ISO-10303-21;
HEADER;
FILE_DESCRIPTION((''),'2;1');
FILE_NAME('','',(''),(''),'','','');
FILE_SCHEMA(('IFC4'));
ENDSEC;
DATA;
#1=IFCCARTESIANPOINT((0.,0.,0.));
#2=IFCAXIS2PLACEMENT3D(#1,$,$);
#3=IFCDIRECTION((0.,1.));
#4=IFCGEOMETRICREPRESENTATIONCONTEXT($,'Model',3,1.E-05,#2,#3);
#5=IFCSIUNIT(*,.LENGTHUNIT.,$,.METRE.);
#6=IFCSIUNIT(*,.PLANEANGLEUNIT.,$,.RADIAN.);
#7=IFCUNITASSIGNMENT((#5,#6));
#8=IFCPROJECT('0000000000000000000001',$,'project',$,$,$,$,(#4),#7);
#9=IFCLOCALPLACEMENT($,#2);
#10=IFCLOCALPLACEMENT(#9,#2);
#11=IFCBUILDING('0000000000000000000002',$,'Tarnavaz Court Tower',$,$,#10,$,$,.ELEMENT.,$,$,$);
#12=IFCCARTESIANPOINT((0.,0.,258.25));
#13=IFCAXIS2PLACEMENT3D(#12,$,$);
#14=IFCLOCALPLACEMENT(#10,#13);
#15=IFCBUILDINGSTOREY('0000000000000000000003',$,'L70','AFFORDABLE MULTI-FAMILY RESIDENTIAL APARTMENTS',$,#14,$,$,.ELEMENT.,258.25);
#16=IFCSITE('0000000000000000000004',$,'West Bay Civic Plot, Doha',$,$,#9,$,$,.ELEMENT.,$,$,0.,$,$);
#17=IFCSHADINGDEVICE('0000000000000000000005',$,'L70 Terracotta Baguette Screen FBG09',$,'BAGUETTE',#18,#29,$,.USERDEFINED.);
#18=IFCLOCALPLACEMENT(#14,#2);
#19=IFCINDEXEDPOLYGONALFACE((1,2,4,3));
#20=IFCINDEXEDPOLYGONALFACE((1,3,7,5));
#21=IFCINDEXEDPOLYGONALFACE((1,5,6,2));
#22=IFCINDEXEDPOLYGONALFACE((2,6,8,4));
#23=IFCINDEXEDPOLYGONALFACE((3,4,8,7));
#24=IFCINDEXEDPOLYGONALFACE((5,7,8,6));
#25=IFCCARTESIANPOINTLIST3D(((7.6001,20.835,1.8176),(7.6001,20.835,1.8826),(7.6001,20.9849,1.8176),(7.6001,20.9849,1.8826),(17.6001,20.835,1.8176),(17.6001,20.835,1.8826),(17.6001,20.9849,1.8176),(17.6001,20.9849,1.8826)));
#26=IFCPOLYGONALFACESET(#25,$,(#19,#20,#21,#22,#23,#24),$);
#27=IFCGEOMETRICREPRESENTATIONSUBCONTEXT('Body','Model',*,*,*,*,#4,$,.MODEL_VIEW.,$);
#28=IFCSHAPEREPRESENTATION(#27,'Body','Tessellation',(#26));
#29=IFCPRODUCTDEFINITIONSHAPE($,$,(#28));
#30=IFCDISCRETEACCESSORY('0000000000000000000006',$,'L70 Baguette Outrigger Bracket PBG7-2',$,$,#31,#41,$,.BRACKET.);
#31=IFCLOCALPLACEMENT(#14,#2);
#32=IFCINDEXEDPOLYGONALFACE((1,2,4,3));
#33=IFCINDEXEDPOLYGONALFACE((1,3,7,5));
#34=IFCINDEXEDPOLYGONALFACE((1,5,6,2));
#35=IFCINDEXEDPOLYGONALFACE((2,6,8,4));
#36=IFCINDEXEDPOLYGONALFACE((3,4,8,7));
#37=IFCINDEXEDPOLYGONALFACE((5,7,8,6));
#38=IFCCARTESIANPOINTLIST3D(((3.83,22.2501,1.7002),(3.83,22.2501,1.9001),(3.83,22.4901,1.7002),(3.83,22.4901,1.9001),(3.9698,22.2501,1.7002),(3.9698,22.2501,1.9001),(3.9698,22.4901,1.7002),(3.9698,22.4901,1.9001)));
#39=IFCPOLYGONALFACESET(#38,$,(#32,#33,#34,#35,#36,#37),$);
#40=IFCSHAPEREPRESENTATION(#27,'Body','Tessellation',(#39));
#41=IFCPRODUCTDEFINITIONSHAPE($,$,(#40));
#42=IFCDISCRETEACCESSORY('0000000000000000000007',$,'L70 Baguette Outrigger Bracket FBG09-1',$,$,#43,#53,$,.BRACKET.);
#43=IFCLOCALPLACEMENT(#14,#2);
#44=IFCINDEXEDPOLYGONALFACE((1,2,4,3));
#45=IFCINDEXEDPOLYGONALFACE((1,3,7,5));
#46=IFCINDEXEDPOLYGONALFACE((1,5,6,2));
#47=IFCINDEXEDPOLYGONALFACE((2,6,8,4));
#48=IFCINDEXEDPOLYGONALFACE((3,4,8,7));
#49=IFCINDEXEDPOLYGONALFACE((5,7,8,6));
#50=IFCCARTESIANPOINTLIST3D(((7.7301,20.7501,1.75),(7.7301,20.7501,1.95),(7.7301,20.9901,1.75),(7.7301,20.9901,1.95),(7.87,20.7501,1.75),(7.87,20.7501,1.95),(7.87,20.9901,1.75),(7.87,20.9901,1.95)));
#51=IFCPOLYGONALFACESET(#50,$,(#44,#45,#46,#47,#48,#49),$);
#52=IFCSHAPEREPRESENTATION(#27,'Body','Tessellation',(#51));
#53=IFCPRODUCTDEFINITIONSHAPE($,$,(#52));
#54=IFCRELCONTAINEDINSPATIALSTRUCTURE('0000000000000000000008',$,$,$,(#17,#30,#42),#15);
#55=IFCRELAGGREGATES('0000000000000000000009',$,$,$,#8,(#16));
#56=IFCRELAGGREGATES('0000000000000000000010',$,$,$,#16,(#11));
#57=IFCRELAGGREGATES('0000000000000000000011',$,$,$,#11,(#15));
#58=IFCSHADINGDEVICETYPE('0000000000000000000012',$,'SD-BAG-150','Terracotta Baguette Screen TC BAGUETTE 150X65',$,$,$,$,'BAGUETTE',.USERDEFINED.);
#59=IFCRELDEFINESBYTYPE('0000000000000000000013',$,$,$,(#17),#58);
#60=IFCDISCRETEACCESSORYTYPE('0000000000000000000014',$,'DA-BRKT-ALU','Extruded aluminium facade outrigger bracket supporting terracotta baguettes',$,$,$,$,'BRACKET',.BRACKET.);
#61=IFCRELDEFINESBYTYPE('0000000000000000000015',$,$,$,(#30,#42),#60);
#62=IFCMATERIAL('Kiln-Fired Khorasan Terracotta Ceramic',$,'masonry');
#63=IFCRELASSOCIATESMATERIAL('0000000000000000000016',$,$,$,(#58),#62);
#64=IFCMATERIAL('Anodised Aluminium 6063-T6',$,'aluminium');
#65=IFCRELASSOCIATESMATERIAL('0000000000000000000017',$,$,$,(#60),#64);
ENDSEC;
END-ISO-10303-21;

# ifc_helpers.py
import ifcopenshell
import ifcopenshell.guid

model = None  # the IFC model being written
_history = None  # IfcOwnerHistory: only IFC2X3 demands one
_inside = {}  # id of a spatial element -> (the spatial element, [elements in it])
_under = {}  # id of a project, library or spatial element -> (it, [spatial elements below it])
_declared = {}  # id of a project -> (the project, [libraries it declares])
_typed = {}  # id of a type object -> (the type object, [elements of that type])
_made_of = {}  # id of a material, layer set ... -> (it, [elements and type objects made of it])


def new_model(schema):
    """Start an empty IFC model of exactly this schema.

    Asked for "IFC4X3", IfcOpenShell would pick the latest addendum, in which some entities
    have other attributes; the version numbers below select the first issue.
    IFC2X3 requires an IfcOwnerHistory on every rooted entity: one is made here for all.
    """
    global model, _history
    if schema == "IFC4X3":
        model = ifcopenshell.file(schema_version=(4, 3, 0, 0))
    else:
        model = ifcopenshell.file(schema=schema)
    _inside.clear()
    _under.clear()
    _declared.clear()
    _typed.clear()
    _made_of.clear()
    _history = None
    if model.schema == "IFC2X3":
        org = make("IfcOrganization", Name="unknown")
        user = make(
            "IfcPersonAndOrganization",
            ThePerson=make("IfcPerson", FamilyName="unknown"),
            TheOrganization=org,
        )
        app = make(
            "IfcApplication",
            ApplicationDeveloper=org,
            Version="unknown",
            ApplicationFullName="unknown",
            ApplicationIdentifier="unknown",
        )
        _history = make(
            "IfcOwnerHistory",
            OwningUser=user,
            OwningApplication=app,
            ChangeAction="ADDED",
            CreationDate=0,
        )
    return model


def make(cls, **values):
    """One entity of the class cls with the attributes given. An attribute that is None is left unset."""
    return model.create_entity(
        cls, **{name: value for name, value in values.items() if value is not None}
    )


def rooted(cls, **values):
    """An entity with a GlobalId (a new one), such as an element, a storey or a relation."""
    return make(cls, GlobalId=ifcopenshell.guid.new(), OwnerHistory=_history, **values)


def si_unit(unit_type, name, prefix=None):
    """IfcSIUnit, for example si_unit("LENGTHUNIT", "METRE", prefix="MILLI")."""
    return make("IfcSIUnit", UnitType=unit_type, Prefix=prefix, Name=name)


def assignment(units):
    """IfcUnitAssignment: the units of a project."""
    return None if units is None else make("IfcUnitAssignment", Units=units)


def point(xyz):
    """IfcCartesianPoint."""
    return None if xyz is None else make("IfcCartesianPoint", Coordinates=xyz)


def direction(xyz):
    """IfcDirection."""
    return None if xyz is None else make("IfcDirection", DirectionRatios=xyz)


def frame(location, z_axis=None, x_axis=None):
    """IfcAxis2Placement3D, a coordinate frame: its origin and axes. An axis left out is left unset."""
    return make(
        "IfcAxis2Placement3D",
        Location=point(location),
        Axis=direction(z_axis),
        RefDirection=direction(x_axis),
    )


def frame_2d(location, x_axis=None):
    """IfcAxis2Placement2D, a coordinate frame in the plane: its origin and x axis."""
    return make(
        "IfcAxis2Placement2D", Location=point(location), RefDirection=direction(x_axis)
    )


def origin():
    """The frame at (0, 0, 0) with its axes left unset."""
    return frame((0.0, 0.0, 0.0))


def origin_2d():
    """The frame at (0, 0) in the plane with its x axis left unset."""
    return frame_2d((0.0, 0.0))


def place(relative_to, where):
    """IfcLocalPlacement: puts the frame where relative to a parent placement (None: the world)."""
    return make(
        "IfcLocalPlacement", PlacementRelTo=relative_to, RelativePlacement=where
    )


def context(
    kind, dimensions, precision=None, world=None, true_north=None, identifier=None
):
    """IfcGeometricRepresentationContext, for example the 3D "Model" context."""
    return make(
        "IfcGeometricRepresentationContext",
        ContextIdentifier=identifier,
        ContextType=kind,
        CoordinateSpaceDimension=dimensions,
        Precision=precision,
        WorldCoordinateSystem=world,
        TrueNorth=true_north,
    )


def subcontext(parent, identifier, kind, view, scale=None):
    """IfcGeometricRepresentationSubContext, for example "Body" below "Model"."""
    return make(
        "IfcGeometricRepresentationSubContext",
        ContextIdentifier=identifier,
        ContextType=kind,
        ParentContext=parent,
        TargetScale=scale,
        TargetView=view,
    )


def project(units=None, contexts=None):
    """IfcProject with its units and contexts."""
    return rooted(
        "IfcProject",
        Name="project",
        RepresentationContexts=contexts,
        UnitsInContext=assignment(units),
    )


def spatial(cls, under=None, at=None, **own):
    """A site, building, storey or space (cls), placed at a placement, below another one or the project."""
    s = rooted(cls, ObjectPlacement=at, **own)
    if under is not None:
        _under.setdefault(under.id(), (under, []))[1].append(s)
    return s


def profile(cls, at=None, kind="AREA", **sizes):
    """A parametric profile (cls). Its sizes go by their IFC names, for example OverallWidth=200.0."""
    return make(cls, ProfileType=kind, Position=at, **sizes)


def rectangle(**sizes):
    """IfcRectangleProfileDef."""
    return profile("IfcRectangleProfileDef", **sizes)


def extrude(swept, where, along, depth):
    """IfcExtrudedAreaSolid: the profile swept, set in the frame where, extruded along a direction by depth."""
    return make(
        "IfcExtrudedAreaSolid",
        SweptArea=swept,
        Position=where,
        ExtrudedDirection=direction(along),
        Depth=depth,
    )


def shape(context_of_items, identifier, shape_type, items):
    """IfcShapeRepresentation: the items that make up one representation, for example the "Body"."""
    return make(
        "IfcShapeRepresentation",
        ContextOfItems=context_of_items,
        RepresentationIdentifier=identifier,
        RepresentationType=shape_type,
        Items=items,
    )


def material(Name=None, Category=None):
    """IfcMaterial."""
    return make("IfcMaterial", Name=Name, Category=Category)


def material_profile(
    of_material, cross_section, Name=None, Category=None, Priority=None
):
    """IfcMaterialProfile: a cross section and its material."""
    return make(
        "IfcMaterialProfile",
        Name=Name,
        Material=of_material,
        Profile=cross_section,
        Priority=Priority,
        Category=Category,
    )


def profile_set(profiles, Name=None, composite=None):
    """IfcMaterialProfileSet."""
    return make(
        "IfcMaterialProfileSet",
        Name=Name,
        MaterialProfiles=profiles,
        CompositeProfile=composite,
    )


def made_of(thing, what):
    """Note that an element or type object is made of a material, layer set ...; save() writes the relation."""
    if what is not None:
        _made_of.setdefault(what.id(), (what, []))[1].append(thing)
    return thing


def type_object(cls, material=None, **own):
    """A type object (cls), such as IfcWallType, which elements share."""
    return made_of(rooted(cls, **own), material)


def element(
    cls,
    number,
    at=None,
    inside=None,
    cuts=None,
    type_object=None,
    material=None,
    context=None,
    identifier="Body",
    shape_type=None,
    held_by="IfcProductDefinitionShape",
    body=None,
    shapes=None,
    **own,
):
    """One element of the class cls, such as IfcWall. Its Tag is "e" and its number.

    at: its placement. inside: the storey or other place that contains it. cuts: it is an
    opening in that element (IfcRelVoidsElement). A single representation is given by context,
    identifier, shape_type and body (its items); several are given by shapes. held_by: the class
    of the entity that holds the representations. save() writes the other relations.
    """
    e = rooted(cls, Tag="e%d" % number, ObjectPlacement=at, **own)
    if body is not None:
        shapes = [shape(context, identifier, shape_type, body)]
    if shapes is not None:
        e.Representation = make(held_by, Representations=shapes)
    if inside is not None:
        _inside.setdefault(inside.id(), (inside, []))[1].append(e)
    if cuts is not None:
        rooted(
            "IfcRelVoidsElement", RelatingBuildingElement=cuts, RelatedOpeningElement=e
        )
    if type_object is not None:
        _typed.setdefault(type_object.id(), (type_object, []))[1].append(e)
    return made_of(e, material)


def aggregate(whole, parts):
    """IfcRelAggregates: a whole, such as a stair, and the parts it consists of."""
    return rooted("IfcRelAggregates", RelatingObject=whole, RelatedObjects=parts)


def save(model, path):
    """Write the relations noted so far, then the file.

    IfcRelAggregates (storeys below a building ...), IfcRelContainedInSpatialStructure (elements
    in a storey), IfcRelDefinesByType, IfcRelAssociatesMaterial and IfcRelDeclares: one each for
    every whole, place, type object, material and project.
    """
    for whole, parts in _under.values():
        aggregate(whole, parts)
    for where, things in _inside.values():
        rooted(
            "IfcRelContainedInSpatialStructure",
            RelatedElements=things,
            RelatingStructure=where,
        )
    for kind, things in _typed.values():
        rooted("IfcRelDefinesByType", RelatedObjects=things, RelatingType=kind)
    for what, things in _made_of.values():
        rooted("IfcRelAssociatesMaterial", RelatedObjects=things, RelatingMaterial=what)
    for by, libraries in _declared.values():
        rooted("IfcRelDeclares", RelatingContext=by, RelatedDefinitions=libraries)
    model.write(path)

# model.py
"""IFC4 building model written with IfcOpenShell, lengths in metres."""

from ifc_helpers import new_model, si_unit, direction, frame, origin, origin_2d, place, context, subcontext, project, spatial, rectangle, extrude, material, material_profile, profile_set, type_object, element, save


model = new_model("IFC4")

# Units and contexts
model_context = context("Model", 3, precision=1e-05, world=origin(), true_north=direction((0.0, 1.0)))
body_context = subcontext(model_context, "Body", "Model", "MODEL_VIEW")
ifc_project = project(units=[si_unit("LENGTHUNIT", "METRE"), si_unit("PLANEANGLEUNIT", "RADIAN")], contexts=[model_context])

# Site, building, storey
site_placement = place(None, origin())
site = spatial("IfcSite", under=ifc_project, at=site_placement, Name="West Bay Civic Plot, Doha", CompositionType="ELEMENT", RefElevation=0.0)
building_placement = place(site_placement, origin())
building = spatial("IfcBuilding", under=site, at=building_placement, Name="Tarnavaz Court Tower", CompositionType="ELEMENT")
storey_placement = place(building_placement, frame((0.0, 0.0, 258.25)))
storey = spatial("IfcBuildingStorey", under=building, at=storey_placement, Name="L70", Description="AFFORDABLE MULTI-FAMILY RESIDENTIAL APARTMENTS", CompositionType="ELEMENT", Elevation=258.25)

# Shared definitions
ifc_material_1 = material(Name="Anodised Aluminium 6063-T6", Category="aluminium")

# Shading device
ifc_material_2 = material(Name="Kiln-Fired Khorasan Terracotta Ceramic", Category="masonry")
ifc_material_profile_1 = material_profile(ifc_material_2, rectangle(XDim=0.1499, YDim=0.0649, at=origin_2d()), Name="TC BAGUETTE 150X65")
ifc_profile_set_1 = profile_set([ifc_material_profile_1], Name="Kiln-Fired Khorasan Terracotta Ceramic")
shading_device_type = type_object("IfcShadingDeviceType", Name="SD-BAG-150", Description="Terracotta Baguette Screen TC BAGUETTE 150X65", ElementType="BAGUETTE", PredefinedType="USERDEFINED", material=ifc_profile_set_1)
shading_device_placement = place(storey_placement, frame((7.6001, 20.9099, 1.8501), z_axis=(1.0, 0.0, 0.0), x_axis=(0.0, 1.0, 0.0)))
element("IfcShadingDevice", 1, at=shading_device_placement, inside=storey, type_object=shading_device_type, Name="L70 Terracotta Baguette Screen FBG09", ObjectType="BAGUETTE", PredefinedType="USERDEFINED", context=body_context, shape_type="SweptSolid", body=[
    extrude(rectangle(XDim=0.1499, YDim=0.0649, at=origin_2d()), origin(), (0.0, 0.0, 1.0), 10.0),
])

# Discrete accessories
discrete_accessory_type = type_object("IfcDiscreteAccessoryType", Name="DA-BRKT-ALU", Description="Extruded aluminium facade outrigger bracket supporting terracotta baguettes", ElementType="BRACKET", PredefinedType="BRACKET", material=ifc_material_1)
for number, where, z_axis, x_axis, name in (
    (2, (3.8999, 22.3701, 1.7002), (0.0, 0.0, 1.0), (1.0, 0.0, 0.0), "L70 Baguette Outrigger Bracket PBG7-2"),
    (3, (7.8, 20.8701, 1.75), (0.0, 0.0, 1.0), (1.0, 0.0, 0.0), "L70 Baguette Outrigger Bracket FBG09-1"),
):
    element("IfcDiscreteAccessory", number, at=place(storey_placement, frame(where, z_axis=z_axis, x_axis=x_axis)), inside=storey, type_object=discrete_accessory_type, Name=name, PredefinedType="BRACKET", context=body_context, shape_type="SweptSolid", body=[
        extrude(rectangle(XDim=0.1399, YDim=0.24, at=origin_2d()), origin(), (0.0, 0.0, 1.0), 0.2),
    ])

save(model, "model.ifc")
